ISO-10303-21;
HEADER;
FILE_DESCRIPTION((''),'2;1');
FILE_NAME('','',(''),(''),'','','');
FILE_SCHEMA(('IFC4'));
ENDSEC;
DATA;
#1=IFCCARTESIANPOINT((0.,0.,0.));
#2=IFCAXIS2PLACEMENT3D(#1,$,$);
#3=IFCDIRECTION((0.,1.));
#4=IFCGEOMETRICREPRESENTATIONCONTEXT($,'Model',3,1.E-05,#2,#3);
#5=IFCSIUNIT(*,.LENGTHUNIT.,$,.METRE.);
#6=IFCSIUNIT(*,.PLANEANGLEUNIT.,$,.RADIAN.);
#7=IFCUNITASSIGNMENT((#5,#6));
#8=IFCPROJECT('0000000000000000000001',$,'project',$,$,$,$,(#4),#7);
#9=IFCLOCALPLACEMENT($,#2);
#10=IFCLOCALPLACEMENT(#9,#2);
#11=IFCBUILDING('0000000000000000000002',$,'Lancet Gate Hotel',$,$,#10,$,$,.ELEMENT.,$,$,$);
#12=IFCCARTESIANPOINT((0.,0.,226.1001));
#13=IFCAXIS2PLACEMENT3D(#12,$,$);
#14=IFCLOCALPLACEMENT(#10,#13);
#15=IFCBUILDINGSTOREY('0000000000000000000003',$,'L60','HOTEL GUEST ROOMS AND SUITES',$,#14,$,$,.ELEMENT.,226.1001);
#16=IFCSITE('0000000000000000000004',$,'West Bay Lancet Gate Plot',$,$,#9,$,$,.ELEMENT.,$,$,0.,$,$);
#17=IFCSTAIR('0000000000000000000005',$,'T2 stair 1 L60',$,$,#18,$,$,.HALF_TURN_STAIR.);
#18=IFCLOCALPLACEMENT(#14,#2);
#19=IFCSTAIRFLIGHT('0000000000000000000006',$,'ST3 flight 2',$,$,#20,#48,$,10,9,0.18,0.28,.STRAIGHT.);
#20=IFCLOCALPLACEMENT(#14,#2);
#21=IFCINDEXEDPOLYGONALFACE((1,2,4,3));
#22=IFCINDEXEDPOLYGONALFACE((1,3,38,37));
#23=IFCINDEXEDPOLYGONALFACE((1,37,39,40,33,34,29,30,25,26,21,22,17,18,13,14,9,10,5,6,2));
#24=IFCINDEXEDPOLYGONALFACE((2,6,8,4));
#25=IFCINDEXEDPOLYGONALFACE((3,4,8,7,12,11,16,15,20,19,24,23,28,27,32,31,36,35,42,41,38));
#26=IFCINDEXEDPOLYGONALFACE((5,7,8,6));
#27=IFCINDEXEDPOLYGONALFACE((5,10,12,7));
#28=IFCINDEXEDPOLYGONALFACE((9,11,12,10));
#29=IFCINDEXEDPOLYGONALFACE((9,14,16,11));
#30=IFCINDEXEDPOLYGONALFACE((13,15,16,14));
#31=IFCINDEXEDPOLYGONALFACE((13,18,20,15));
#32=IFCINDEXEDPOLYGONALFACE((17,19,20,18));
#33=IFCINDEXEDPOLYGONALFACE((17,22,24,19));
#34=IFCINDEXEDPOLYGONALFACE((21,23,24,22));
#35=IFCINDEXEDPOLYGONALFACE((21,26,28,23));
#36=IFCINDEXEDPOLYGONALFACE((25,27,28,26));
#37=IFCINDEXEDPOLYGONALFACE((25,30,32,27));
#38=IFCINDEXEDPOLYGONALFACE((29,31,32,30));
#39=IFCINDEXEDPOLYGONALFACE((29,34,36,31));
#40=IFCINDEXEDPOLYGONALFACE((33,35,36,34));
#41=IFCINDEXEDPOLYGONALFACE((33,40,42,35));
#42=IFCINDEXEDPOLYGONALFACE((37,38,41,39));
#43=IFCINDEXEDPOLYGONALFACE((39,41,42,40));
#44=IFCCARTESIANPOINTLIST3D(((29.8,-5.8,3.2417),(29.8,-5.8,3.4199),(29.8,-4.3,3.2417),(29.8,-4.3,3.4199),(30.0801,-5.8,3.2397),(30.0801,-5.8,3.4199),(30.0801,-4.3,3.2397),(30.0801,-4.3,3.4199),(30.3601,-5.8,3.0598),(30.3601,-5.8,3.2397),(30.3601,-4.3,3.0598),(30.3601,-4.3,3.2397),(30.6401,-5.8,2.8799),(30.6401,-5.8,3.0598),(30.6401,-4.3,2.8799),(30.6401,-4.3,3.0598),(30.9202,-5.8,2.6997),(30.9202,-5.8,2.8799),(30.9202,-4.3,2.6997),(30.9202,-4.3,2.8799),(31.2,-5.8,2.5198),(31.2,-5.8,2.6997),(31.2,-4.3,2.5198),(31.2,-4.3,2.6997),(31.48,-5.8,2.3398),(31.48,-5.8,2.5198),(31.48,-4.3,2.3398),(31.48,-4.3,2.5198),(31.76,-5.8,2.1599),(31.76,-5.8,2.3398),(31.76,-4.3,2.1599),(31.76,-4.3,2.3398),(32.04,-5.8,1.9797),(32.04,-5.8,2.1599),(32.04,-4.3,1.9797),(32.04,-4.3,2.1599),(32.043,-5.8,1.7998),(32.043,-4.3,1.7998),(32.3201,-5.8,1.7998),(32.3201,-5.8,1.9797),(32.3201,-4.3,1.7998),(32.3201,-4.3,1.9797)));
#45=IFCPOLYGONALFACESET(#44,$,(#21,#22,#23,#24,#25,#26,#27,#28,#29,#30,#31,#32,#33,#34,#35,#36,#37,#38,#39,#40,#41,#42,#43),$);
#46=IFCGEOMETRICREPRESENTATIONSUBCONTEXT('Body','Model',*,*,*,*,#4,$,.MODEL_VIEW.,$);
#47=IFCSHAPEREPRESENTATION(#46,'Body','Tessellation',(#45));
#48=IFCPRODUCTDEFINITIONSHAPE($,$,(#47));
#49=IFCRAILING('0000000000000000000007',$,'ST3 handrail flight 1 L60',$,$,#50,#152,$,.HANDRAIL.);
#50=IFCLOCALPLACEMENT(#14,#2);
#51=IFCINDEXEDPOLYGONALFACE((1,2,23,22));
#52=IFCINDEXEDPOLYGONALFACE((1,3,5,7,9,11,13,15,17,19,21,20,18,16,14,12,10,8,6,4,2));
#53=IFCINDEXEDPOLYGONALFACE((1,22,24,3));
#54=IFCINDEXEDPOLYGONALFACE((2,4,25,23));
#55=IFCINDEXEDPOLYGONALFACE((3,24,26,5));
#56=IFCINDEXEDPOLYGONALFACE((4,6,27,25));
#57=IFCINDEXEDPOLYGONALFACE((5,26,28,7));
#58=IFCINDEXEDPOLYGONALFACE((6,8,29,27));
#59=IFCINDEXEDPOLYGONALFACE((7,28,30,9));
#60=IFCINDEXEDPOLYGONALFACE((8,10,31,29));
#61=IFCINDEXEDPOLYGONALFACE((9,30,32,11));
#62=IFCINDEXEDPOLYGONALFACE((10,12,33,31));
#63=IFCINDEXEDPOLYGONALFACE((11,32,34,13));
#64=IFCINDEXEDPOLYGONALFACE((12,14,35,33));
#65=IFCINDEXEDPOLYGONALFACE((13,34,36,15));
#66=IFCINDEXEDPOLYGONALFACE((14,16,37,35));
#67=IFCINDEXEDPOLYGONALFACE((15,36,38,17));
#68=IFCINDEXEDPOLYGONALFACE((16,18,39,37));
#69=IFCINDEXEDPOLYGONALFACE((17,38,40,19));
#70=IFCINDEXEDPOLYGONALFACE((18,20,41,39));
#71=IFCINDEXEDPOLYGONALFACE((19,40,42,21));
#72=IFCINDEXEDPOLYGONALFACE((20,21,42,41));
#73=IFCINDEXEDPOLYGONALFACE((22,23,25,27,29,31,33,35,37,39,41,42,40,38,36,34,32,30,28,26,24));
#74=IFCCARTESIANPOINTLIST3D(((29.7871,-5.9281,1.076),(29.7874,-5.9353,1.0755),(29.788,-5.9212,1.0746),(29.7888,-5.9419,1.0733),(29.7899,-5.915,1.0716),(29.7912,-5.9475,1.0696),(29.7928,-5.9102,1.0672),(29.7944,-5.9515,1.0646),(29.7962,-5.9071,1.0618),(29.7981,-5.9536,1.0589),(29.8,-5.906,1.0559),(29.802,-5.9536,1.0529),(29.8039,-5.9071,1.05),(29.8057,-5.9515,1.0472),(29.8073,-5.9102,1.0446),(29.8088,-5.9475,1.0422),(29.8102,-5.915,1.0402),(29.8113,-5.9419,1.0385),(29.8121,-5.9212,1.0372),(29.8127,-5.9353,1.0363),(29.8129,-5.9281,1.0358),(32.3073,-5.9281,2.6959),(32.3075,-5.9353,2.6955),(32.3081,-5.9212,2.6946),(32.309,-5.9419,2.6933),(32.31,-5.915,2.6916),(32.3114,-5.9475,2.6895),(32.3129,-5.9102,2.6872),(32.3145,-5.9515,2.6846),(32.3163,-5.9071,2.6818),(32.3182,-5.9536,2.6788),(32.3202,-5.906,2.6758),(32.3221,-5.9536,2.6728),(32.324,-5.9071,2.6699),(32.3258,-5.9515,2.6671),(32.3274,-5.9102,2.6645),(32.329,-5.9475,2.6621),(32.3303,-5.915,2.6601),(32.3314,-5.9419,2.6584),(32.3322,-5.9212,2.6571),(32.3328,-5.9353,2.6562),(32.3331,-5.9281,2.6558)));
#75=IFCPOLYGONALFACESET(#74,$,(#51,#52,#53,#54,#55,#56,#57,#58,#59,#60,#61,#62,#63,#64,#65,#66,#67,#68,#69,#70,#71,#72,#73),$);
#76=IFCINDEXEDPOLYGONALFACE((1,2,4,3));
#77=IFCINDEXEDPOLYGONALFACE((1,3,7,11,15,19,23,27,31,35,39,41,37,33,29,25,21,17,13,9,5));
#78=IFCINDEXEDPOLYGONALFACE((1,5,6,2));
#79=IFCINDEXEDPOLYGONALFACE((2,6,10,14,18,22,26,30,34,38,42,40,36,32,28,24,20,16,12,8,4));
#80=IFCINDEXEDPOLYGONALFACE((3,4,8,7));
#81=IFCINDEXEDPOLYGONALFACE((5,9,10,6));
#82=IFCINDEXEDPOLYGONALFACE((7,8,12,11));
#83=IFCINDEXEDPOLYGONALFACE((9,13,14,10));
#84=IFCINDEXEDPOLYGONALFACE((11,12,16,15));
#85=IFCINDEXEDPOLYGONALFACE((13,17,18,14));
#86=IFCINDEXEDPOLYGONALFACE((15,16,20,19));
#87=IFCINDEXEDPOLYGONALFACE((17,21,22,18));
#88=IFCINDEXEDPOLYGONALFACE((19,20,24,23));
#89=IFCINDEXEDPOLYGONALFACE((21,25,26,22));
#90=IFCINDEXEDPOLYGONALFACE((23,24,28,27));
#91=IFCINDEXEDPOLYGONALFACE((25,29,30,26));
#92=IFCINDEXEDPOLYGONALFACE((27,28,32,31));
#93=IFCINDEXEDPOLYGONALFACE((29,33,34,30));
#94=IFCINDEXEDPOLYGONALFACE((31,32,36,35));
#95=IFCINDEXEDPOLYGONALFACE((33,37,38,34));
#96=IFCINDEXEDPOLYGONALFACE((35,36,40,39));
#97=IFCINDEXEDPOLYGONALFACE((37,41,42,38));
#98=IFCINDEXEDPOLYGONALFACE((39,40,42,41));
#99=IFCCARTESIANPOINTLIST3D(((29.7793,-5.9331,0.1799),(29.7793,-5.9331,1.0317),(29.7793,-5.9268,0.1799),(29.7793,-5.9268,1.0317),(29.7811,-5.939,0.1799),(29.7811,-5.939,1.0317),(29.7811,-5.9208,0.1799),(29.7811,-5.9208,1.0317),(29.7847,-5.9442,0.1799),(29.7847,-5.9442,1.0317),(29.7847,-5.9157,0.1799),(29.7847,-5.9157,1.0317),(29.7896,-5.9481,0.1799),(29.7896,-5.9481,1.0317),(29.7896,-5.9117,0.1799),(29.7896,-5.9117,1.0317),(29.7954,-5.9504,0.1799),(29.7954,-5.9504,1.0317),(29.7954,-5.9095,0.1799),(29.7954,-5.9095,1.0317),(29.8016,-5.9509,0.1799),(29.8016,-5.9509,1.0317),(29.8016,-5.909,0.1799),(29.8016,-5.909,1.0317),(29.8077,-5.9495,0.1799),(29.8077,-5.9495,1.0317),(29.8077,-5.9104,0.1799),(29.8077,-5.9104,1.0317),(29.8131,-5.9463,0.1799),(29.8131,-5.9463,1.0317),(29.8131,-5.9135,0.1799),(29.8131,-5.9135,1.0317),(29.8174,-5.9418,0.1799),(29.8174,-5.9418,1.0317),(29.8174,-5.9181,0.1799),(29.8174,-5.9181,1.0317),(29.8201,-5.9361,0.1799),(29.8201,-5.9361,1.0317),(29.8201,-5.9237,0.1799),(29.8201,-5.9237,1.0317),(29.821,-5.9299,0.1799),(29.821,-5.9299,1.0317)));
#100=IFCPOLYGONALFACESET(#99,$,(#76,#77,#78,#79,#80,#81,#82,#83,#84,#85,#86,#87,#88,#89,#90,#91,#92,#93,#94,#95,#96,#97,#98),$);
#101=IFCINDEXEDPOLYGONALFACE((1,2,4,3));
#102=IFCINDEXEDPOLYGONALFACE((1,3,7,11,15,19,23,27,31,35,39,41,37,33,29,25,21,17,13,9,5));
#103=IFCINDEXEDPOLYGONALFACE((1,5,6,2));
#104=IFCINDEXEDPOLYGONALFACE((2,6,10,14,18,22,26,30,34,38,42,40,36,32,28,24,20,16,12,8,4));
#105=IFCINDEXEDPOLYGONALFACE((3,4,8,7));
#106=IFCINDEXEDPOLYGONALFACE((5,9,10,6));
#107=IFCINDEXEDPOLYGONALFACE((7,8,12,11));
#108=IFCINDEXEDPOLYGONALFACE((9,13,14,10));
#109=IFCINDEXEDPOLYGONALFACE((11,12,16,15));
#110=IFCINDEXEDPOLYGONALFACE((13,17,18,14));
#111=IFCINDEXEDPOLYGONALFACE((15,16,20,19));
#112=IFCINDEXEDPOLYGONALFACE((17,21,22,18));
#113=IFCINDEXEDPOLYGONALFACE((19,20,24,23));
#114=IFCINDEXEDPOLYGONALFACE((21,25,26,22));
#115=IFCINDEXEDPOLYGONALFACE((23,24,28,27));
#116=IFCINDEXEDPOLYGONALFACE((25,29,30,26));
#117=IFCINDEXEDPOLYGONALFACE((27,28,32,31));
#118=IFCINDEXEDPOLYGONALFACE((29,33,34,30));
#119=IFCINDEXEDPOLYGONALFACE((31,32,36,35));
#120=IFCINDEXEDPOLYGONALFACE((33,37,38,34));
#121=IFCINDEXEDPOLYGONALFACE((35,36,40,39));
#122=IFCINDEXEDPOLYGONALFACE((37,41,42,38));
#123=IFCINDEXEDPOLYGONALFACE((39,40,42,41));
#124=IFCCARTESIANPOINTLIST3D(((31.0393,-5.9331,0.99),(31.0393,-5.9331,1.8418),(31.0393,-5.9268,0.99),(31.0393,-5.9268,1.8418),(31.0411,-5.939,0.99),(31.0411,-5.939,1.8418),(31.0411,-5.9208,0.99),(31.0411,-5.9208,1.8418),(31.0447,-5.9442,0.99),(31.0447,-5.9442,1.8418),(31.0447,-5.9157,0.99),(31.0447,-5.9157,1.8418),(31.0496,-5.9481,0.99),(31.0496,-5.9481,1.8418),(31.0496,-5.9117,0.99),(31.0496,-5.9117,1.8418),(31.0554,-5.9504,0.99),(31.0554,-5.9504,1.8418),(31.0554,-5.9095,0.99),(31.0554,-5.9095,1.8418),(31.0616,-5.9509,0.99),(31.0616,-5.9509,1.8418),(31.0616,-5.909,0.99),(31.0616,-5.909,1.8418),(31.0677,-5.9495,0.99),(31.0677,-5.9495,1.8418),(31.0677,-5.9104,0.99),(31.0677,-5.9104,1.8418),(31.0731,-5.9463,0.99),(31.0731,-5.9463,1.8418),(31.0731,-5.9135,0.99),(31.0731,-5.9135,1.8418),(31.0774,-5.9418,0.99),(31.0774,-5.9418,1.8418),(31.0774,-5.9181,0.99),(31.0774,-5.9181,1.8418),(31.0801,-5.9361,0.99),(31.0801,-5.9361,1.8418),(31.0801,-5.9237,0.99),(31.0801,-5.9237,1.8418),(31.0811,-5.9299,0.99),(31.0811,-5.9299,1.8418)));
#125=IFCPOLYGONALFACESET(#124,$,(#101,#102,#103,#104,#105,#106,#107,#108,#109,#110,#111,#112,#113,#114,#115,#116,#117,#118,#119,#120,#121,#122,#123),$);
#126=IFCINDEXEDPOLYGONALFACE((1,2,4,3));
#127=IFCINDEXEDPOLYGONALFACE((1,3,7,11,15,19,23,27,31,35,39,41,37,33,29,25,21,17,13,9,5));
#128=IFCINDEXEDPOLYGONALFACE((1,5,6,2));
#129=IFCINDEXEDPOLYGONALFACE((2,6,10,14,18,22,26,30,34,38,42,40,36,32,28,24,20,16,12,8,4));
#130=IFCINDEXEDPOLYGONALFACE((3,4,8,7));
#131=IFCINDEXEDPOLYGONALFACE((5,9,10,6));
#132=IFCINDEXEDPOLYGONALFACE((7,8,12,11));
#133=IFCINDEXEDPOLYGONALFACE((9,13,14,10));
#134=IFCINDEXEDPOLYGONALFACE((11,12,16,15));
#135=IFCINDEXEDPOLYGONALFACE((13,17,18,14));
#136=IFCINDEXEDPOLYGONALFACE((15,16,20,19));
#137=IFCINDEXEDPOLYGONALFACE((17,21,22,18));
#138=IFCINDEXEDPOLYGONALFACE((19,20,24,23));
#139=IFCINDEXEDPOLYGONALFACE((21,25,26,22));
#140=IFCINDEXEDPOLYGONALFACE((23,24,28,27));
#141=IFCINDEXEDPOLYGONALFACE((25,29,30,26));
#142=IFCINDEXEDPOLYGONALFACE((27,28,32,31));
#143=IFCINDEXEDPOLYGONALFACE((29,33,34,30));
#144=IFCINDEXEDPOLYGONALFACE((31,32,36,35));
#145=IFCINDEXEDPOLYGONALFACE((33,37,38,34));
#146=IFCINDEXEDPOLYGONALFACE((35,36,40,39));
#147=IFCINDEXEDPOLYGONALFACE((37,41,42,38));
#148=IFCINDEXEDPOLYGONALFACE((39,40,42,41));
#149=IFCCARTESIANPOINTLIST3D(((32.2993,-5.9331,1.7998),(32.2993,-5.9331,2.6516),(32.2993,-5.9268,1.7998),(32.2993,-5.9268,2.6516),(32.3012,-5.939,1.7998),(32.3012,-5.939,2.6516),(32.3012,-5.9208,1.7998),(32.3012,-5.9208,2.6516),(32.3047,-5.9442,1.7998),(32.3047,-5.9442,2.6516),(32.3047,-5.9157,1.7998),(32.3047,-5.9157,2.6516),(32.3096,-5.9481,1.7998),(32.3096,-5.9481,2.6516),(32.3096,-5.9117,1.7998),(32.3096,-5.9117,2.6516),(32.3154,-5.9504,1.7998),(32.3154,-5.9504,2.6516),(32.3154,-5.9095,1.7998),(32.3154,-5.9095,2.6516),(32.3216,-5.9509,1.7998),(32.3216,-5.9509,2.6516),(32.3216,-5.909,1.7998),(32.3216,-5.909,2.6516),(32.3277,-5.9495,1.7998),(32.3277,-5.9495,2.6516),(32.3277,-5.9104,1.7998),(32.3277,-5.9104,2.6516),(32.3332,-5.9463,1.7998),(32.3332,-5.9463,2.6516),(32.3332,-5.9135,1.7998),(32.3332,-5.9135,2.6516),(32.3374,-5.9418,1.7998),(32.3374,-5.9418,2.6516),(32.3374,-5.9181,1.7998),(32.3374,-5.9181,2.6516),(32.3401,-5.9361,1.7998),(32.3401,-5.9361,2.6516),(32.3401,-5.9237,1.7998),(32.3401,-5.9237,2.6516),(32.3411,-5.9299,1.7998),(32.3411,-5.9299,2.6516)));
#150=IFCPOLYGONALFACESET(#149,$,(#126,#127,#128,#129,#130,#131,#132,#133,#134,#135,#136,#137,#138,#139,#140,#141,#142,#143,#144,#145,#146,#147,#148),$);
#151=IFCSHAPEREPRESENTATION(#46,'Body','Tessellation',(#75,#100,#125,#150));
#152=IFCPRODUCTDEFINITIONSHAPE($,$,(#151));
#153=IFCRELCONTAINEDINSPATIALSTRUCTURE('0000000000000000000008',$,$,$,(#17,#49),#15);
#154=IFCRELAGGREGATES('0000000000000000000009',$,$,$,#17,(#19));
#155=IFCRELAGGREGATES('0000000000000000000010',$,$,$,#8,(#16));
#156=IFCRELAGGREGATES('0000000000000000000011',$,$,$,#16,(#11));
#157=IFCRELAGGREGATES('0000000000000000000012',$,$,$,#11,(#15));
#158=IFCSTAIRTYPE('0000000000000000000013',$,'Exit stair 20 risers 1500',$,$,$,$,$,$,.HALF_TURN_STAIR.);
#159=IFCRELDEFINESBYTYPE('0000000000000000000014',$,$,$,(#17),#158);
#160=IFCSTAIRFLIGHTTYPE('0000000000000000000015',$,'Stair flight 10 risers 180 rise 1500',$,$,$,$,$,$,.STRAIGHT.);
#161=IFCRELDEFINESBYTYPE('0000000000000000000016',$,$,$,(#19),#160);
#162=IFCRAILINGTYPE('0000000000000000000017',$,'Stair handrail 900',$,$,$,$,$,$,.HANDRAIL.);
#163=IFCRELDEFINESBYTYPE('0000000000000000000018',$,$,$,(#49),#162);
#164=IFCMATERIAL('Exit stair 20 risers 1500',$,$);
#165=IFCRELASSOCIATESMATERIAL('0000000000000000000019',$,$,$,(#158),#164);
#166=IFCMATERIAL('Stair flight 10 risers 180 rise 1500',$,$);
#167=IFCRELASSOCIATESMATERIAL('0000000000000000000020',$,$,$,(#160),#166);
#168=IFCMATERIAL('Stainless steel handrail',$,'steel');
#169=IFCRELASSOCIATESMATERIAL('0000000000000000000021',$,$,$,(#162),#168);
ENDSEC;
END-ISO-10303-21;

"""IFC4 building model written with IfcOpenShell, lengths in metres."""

from ifc_helpers import new_model, si_unit, direction, frame, origin, origin_2d, place, context, subcontext, project, spatial, polyline, circle, outline, extrude, material, type_object, element, aggregate, save


model = new_model("IFC4")

# Units and contexts
model_context = context("Model", 3, precision=1e-05, world=origin(), true_north=direction((0.0, 1.0)))
body_context = subcontext(model_context, "Body", "Model", "MODEL_VIEW")
ifc_project = project(units=[si_unit("LENGTHUNIT", "METRE"), si_unit("PLANEANGLEUNIT", "RADIAN")], contexts=[model_context])

# Site, building, storey
site_placement = place(None, origin())
site = spatial("IfcSite", under=ifc_project, at=site_placement, Name="West Bay Lancet Gate Plot", CompositionType="ELEMENT", RefElevation=0.0)
building_placement = place(site_placement, origin())
building = spatial("IfcBuilding", under=site, at=building_placement, Name="Lancet Gate Hotel", CompositionType="ELEMENT")
storey_placement = place(building_placement, frame((0.0, 0.0, 226.1001)))
storey = spatial("IfcBuildingStorey", under=building, at=storey_placement, Name="L60", Description="HOTEL GUEST ROOMS AND SUITES", CompositionType="ELEMENT", Elevation=226.1001)

# Stair, stair flight
ifc_material_1 = material(Name="Exit stair 20 risers 1500")
stair_type = type_object("IfcStairType", Name="Exit stair 20 risers 1500", PredefinedType="HALF_TURN_STAIR", material=ifc_material_1)
stair_placement = place(storey_placement, origin())
stair = element("IfcStair", 1, at=stair_placement, inside=storey, type_object=stair_type, Name="T2 stair 1 L60", PredefinedType="HALF_TURN_STAIR")
ifc_material_2 = material(Name="Stair flight 10 risers 180 rise 1500")
stair_flight_type = type_object("IfcStairFlightType", Name="Stair flight 10 risers 180 rise 1500", PredefinedType="STRAIGHT", material=ifc_material_2)
stair_flight_1_placement = place(storey_placement, frame((32.3201, -5.05, 1.7998), z_axis=(0.0, 0.0, 1.0), x_axis=(-1.0, 0.0, 0.0)))
stair_flight_1 = element("IfcStairFlight", 2, at=stair_flight_1_placement, type_object=stair_flight_type, Name="ST3 flight 2", NumberOfRisers=10, NumberOfTreads=9, PredefinedType="STRAIGHT", RiserHeight=0.18, TreadLength=0.28, context=body_context, shape_type="SweptSolid", body=[
    extrude(outline(polyline([(0.0, 0.0), (0.0, 0.1799), (0.28, 0.1799), (0.28, 0.3601), (0.5601, 0.3601), (0.5601, 0.54), (0.8401, 0.54), (0.8401, 0.72), (1.1201, 0.72), (1.1201, 0.8999), (1.3999, 0.8999), (1.3999, 1.0801), (1.6799, 1.0801), (1.6799, 1.26), (1.96, 1.26), (1.96, 1.4399), (2.24, 1.4399), (2.24, 1.6201), (2.52, 1.6201), (2.52, 1.8), (2.52, 1.4419), (0.2771, 0.0), (0.0, 0.0)])), frame((0.0, 0.75, 0.0), z_axis=(0.0, -1.0, 0.0), x_axis=(1.0, 0.0, 0.0)), (0.0, 0.0, 1.0), 1.5),
])
aggregate(stair, [stair_flight_1])

# Railing
ifc_material_3 = material(Name="Stainless steel handrail", Category="steel")
railing_type = type_object("IfcRailingType", Name="Stair handrail 900", PredefinedType="HANDRAIL", material=ifc_material_3)
railing_1_placement = place(storey_placement, frame((29.8, -5.9299, 0.1799)))
element("IfcRailing", 3, at=railing_1_placement, inside=storey, type_object=railing_type, Name="ST3 handrail flight 1 L60", PredefinedType="HANDRAIL", context=body_context, shape_type="SweptSolid", body=[
    extrude(circle(Radius=0.0239, at=origin_2d()), frame((0.0, 0.0, 0.876), z_axis=(0.8412, 0.0, 0.540725), x_axis=(0.0, 1.0, 0.0)), (0.0, 0.0, 1.0), 2.9958),
    extrude(circle(Radius=0.021, at=origin_2d()), origin(), (0.0, 0.0, 1.0), 0.8518),
    extrude(circle(Radius=0.021, at=origin_2d()), frame((1.26, 0.0, 0.8101)), (0.0, 0.0, 1.0), 0.8518),
    extrude(circle(Radius=0.021, at=origin_2d()), frame((2.52, 0.0, 1.6199)), (0.0, 0.0, 1.0), 0.8518),
])

save(model, "model.ifc")
